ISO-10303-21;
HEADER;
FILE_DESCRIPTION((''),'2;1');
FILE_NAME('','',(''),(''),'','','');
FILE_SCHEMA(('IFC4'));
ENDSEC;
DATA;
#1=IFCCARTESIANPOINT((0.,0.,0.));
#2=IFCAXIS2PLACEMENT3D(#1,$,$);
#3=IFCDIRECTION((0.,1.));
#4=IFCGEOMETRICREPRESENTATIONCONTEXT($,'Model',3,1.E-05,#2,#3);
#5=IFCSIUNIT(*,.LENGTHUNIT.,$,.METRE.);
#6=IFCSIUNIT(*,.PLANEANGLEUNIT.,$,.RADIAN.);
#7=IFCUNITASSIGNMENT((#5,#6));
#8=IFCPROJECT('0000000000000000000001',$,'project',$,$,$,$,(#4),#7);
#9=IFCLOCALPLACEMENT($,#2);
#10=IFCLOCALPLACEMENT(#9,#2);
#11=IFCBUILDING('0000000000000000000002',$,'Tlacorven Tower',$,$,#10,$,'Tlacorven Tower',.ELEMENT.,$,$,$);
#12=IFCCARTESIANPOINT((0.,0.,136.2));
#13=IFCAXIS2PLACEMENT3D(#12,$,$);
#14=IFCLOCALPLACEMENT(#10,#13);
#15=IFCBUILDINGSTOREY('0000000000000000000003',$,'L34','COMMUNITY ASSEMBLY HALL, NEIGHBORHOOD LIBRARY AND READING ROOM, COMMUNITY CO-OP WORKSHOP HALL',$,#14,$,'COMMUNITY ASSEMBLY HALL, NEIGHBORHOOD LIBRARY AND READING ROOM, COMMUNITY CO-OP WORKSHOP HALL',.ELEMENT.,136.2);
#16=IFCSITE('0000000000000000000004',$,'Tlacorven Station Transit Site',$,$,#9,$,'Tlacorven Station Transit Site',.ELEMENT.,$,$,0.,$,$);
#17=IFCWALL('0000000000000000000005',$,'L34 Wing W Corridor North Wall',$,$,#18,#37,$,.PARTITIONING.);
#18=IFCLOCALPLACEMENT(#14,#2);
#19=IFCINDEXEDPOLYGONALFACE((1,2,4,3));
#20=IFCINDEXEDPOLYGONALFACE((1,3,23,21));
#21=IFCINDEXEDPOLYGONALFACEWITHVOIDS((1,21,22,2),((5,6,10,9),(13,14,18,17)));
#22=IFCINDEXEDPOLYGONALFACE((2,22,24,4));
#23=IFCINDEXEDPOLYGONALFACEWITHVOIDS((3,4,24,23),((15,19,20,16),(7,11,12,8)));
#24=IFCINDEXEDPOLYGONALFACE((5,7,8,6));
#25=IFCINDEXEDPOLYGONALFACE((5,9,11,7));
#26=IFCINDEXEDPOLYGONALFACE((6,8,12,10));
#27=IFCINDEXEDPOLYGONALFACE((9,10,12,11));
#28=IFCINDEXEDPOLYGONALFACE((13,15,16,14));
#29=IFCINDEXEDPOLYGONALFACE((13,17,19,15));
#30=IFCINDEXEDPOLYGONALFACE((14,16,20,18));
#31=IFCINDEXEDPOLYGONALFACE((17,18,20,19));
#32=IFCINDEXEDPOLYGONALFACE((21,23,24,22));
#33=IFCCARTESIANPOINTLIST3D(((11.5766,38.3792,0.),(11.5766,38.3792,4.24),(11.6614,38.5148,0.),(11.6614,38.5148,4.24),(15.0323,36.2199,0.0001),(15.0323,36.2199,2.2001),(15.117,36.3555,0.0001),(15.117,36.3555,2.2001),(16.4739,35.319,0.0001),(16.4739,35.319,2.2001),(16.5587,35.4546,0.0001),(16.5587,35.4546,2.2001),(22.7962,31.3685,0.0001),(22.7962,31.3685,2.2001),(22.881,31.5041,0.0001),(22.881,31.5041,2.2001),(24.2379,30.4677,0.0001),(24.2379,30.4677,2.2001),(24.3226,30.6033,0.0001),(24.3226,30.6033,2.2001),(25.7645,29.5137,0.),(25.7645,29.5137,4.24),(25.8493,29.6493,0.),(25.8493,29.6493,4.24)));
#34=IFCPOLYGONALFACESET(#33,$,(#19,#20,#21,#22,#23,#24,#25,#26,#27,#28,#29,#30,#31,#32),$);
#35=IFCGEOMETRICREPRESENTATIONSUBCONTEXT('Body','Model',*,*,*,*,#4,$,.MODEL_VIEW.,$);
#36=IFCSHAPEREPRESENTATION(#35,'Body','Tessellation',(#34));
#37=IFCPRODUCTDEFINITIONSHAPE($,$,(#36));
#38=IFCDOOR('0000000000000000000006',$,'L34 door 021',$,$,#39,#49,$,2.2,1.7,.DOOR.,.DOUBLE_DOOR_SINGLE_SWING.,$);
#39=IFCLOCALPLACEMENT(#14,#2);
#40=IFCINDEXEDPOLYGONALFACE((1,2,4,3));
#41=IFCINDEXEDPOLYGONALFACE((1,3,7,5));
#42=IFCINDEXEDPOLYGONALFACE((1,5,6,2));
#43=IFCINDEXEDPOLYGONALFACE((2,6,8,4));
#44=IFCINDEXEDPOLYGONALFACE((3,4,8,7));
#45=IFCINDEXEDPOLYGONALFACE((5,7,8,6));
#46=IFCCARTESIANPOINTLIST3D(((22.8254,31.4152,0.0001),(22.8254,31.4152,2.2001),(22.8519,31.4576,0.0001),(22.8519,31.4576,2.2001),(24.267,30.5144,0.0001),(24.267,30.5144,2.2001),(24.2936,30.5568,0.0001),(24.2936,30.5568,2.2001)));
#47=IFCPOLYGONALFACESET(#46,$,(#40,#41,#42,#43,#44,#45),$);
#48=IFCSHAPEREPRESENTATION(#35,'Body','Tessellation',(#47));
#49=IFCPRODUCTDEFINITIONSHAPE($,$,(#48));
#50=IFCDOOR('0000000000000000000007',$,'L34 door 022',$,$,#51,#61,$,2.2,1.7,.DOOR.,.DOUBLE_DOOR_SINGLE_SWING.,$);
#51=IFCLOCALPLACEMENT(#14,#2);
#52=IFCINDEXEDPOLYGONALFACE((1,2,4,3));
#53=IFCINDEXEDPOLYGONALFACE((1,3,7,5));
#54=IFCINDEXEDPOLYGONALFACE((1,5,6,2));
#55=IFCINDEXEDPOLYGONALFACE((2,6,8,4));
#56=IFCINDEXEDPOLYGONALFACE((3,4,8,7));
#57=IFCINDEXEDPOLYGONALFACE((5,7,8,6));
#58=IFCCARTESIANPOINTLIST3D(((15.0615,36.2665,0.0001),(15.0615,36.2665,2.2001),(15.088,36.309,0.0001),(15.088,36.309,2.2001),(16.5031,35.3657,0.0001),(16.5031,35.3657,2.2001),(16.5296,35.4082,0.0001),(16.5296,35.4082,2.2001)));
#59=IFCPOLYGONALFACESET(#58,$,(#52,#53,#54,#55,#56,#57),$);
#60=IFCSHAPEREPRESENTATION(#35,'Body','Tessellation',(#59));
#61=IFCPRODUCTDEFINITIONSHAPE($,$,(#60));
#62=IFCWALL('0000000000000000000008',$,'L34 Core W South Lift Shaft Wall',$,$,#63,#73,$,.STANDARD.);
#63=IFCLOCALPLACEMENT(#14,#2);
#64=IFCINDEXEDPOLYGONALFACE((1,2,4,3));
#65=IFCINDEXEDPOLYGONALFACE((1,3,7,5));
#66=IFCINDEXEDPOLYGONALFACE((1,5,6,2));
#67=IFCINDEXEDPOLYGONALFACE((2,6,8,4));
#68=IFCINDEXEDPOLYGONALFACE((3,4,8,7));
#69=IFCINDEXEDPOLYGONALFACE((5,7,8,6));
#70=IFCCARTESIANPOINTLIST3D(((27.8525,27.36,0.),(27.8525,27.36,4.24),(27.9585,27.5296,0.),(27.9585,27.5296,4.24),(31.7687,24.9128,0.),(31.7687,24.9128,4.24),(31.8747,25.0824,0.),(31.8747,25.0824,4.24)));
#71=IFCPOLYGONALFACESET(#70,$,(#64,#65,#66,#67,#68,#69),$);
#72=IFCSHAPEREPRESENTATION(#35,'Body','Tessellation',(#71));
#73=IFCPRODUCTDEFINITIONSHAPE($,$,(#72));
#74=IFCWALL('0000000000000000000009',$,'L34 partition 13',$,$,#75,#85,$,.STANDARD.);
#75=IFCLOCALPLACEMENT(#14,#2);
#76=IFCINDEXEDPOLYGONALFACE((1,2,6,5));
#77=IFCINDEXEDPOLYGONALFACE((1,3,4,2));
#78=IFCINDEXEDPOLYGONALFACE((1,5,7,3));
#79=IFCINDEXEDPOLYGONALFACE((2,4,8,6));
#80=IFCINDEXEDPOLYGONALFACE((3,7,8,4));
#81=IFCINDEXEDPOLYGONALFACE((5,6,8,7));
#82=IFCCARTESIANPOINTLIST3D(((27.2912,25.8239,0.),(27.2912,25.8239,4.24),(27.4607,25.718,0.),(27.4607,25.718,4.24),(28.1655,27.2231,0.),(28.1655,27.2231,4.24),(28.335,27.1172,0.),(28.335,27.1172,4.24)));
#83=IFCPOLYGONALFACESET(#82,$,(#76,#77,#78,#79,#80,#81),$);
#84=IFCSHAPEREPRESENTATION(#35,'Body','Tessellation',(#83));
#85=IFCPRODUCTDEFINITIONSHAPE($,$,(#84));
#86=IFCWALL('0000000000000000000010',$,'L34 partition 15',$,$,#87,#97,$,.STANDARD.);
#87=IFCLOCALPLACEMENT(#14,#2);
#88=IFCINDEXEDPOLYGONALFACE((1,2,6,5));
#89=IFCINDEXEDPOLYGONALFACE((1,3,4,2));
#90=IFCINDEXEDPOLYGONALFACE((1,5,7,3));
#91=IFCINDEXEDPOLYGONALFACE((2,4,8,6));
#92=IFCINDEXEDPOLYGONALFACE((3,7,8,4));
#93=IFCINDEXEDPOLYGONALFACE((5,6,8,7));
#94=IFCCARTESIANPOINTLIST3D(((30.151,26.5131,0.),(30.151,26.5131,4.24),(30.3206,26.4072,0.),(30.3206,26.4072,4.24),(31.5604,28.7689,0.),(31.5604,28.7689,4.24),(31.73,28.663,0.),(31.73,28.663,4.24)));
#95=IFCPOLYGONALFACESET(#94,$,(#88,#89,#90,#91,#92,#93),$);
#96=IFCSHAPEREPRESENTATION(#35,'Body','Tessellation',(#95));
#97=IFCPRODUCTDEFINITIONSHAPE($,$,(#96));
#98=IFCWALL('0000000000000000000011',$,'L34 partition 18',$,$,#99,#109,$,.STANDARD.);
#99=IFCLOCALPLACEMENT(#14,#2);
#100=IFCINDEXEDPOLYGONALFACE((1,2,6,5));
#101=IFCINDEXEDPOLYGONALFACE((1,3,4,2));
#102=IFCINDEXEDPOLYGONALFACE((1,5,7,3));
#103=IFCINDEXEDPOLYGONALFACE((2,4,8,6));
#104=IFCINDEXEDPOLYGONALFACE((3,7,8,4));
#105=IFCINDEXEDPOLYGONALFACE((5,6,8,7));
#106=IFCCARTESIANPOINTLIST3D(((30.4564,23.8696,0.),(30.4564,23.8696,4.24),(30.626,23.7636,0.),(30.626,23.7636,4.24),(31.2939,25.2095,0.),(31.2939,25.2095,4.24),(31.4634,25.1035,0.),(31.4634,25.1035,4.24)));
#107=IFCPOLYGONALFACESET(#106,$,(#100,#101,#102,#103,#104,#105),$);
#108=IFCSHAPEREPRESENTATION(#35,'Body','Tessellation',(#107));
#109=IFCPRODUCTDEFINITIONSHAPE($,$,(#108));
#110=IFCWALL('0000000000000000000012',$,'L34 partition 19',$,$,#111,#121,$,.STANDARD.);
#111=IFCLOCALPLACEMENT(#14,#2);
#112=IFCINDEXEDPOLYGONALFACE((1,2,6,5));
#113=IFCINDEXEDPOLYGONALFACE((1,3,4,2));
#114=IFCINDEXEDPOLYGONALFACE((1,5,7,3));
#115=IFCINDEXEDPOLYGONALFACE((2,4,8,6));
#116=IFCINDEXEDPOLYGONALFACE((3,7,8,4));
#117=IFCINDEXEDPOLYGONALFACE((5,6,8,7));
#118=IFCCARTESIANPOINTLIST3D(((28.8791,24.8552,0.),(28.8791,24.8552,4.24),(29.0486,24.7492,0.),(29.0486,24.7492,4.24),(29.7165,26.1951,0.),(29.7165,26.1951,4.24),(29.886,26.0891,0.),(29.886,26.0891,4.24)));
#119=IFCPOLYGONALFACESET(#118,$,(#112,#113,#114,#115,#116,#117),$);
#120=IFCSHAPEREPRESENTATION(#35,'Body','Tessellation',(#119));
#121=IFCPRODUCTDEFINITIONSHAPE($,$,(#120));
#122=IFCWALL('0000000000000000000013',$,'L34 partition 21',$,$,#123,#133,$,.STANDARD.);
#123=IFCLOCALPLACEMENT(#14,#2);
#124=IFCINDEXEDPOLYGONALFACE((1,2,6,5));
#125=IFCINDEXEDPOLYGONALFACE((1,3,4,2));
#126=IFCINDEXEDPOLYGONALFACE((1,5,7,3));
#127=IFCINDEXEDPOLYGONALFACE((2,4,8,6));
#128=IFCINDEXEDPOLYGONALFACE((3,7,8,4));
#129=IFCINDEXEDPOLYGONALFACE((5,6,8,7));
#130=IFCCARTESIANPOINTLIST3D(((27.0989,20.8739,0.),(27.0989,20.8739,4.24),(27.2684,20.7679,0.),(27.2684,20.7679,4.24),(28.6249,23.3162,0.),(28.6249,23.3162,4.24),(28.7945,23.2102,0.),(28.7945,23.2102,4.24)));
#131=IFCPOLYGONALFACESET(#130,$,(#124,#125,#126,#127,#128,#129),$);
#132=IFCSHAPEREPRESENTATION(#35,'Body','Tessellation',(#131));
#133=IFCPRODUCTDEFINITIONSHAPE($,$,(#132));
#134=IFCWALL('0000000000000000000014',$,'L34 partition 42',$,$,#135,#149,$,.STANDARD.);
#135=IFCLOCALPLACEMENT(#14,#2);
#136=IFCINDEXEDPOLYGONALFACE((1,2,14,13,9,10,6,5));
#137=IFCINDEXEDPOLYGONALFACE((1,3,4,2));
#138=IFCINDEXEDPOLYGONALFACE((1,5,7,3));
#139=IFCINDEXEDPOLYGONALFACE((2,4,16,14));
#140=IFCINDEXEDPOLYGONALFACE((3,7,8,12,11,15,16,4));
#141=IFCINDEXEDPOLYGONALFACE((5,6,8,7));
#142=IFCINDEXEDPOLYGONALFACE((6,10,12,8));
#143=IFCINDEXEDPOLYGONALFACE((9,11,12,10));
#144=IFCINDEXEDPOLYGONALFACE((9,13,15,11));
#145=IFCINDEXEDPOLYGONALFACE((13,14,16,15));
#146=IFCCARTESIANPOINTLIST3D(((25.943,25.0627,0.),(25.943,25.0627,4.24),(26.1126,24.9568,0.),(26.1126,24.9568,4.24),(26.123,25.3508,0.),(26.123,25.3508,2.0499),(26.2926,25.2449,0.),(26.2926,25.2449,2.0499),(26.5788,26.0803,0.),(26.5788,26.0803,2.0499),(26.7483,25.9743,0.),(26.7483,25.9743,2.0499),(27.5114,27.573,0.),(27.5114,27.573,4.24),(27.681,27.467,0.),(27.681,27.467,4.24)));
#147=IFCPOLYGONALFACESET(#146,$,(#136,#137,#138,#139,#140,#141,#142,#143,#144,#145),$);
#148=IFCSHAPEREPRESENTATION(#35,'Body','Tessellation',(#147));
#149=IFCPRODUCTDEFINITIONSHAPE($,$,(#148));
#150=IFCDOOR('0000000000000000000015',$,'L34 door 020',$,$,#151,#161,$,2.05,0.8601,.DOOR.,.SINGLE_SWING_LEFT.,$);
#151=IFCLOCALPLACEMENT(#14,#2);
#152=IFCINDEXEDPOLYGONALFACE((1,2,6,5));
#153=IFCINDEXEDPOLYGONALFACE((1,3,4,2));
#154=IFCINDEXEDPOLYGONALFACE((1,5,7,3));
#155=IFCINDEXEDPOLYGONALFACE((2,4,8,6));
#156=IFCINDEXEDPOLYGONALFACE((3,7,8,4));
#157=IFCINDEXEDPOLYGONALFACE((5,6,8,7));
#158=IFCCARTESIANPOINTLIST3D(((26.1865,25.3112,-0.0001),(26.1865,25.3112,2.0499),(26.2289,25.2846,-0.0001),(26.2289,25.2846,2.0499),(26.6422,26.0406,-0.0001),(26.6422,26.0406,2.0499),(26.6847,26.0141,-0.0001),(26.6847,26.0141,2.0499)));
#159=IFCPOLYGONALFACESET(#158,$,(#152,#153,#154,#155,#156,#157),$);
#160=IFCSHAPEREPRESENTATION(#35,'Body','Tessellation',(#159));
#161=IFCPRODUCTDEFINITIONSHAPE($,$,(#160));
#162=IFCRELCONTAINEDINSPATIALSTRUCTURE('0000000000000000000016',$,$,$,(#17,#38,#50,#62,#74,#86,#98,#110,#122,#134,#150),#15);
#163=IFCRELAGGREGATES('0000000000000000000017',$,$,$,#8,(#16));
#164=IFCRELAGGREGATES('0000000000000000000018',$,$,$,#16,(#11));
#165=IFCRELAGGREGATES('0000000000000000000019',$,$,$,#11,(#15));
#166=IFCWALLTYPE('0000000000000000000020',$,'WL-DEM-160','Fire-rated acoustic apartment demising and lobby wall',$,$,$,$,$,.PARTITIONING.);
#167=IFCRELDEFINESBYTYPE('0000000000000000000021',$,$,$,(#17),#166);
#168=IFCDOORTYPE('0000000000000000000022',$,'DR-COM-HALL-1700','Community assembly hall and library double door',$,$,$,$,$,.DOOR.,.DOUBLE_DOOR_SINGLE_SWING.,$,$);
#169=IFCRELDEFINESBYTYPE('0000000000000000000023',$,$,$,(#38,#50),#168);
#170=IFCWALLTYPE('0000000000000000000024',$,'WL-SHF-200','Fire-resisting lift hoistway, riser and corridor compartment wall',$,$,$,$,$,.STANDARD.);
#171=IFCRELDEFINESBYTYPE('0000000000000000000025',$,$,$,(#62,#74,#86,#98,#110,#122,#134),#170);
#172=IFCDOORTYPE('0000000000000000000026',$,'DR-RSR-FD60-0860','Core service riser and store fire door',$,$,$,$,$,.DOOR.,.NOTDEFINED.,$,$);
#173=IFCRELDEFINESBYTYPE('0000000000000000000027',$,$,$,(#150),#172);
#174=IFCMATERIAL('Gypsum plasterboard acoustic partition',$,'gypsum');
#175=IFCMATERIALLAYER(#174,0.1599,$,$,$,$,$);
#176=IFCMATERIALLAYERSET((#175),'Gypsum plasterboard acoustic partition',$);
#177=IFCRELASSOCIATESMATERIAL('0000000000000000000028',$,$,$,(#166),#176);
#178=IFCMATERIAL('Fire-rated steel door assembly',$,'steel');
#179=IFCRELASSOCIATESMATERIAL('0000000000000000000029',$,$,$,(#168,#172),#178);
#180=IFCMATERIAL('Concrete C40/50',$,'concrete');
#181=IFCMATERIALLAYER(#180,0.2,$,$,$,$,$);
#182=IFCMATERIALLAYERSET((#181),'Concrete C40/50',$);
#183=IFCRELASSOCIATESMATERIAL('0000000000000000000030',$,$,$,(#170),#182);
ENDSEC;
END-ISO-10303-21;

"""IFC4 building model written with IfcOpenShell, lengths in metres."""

from ifc_helpers import new_model, si_unit, direction, frame, frame_2d, origin, place, context, subcontext, project, spatial, rectangle, extrude, source, transform, mapped, material, layer, layer_set, type_object, element, fill, save


model = new_model("IFC4")

# Units and contexts
model_context = context("Model", 3, precision=1e-05, world=origin(), true_north=direction((0.0, 1.0)))
body_context = subcontext(model_context, "Body", "Model", "MODEL_VIEW")
ifc_project = project(units=[si_unit("LENGTHUNIT", "METRE"), si_unit("PLANEANGLEUNIT", "RADIAN")], contexts=[model_context])

# Site, building, storey
site_placement = place(None, origin())
site = spatial("IfcSite", under=ifc_project, at=site_placement, Name="Tlacorven Station Transit Site", LongName="Tlacorven Station Transit Site", CompositionType="ELEMENT", RefElevation=0.0)
building_placement = place(site_placement, origin())
building = spatial("IfcBuilding", under=site, at=building_placement, Name="Tlacorven Tower", LongName="Tlacorven Tower", CompositionType="ELEMENT")
storey_placement = place(building_placement, frame((0.0, 0.0, 136.2)))
storey = spatial("IfcBuildingStorey", under=building, at=storey_placement, Name="L34", Description="COMMUNITY ASSEMBLY HALL, NEIGHBORHOOD LIBRARY AND READING ROOM, COMMUNITY CO-OP WORKSHOP HALL", LongName="COMMUNITY ASSEMBLY HALL, NEIGHBORHOOD LIBRARY AND READING ROOM, COMMUNITY CO-OP WORKSHOP HALL", CompositionType="ELEMENT", Elevation=136.2)

# Shared definitions
ifc_material_1 = material(Name="Gypsum plasterboard acoustic partition", Category="gypsum")
ifc_layer_1 = layer(ifc_material_1, 0.1599)
ifc_layer_set_1 = layer_set([ifc_layer_1], Name="Gypsum plasterboard acoustic partition")
wall_type_1 = type_object("IfcWallType", Name="WL-DEM-160", Description="Fire-rated acoustic apartment demising and lobby wall", PredefinedType="PARTITIONING", material=ifc_layer_set_1)

# Wall, openings, doors
wall_1_placement = place(storey_placement, frame((25.8069, 29.5815, 0.0), z_axis=(0.0, 0.0, 1.0), x_axis=(-0.848052, 0.529912, 0.0)))
wall_1 = element("IfcWall", 1, at=wall_1_placement, inside=storey, type_object=wall_type_1, Name="L34 Wing W Corridor North Wall", PredefinedType="PARTITIONING", context=body_context, shape_type="SweptSolid", body=[
    extrude(rectangle(XDim=16.73, YDim=0.1599, at=frame_2d((8.365, 0.0))), origin(), (0.0, 0.0, 1.0), 4.24),
])
opening_1_placement = place(wall_1_placement, frame((1.8, 0.0, 0.0)))
opening_1 = element("IfcOpeningElement", 2, at=opening_1_placement, cuts=wall_1, PredefinedType="OPENING", context=body_context, shape_type="SweptSolid", body=[
    extrude(rectangle(XDim=1.7, YDim=2.2, at=frame_2d((0.8501, 1.1001))), frame((0.0, 0.0898, 0.0), z_axis=(0.0, -1.0, 0.0), x_axis=(1.0, 0.0, 0.0)), (0.0, 0.0, 1.0), 0.1799),
])
opening_2_placement = place(wall_1_placement, frame((10.9551, 0.0, 0.0)))
opening_2 = element("IfcOpeningElement", 3, at=opening_2_placement, cuts=wall_1, PredefinedType="OPENING", context=body_context, shape_type="SweptSolid", body=[
    extrude(rectangle(XDim=1.7, YDim=2.2, at=frame_2d((0.8501, 1.1001))), frame((0.0, 0.0898, 0.0), z_axis=(0.0, -1.0, 0.0), x_axis=(1.0, 0.0, 0.0)), (0.0, 0.0, 1.0), 0.1799),
])
ifc_material_2 = material(Name="Fire-rated steel door assembly", Category="steel")
door_type_1 = type_object("IfcDoorType", Name="DR-COM-HALL-1700", Description="Community assembly hall and library double door", OperationType="DOUBLE_DOOR_SINGLE_SWING", PredefinedType="DOOR", material=ifc_material_2)
shared_shape_1 = source(origin(), body_context, "Body", "SweptSolid", [
    extrude(rectangle(XDim=1.7, YDim=2.2, at=frame_2d((0.8501, 1.1001))), frame((0.0, 0.0249, 0.0), z_axis=(0.0, -1.0, 0.0), x_axis=(1.0, 0.0, 0.0)), (0.0, 0.0, 1.0), 0.05),
])
door_1_placement = place(opening_1_placement, origin())
door_1 = element("IfcDoor", 4, at=door_1_placement, inside=storey, type_object=door_type_1, Name="L34 door 021", OperationType="DOUBLE_DOOR_SINGLE_SWING", OverallHeight=2.2, OverallWidth=1.7, PredefinedType="DOOR", context=body_context, shape_type="MappedRepresentation", body=[
    mapped(shared_shape_1, transform((0.0, 0.0, 0.0), scale=1.0)),
])
fill(opening_1, door_1)
door_2_placement = place(opening_2_placement, origin())
door_2 = element("IfcDoor", 5, at=door_2_placement, inside=storey, type_object=door_type_1, Name="L34 door 022", OperationType="DOUBLE_DOOR_SINGLE_SWING", OverallHeight=2.2, OverallWidth=1.7, PredefinedType="DOOR", context=body_context, shape_type="MappedRepresentation", body=[
    mapped(shared_shape_1, transform((0.0, 0.0, 0.0), scale=1.0)),
])
fill(opening_2, door_2)

# Wall
ifc_material_3 = material(Name="Concrete C40/50", Category="concrete")
ifc_layer_2 = layer(ifc_material_3, 0.2)
ifc_layer_set_2 = layer_set([ifc_layer_2], Name="Concrete C40/50")
wall_type_2 = type_object("IfcWallType", Name="WL-SHF-200", Description="Fire-resisting lift hoistway, riser and corridor compartment wall", PredefinedType="STANDARD", material=ifc_layer_set_2)
wall_2_placement = place(storey_placement, frame((31.8218, 24.9976, 0.0), z_axis=(0.0, 0.0, 1.0), x_axis=(-0.848037, 0.529937, 0.0)))
element("IfcWall", 6, at=wall_2_placement, inside=storey, type_object=wall_type_2, Name="L34 Core W South Lift Shaft Wall", PredefinedType="STANDARD", context=body_context, shape_type="SweptSolid", body=[
    extrude(rectangle(XDim=4.6179, YDim=0.2, at=frame_2d((2.3091, 0.0))), origin(), (0.0, 0.0, 1.0), 4.24),
])

# Walls
wall_3_placement = place(storey_placement, frame((28.2502, 27.1702, 0.0), z_axis=(0.0, 0.0, 1.0), x_axis=(-0.529906, -0.848056, 0.0)))
element("IfcWall", 7, at=wall_3_placement, inside=storey, type_object=wall_type_2, Name="L34 partition 13", PredefinedType="STANDARD", context=body_context, shape_type="SweptSolid", body=[
    extrude(rectangle(XDim=1.6499, YDim=0.2, at=frame_2d((0.825, 0.0))), origin(), (0.0, 0.0, 1.0), 4.24),
])
wall_4_placement = place(storey_placement, frame((31.6453, 28.7161, 0.0), z_axis=(0.0, 0.0, 1.0), x_axis=(-0.529867, -0.848081, 0.0)))
element("IfcWall", 8, at=wall_4_placement, inside=storey, type_object=wall_type_2, Name="L34 partition 15", PredefinedType="STANDARD", context=body_context, shape_type="SweptSolid", body=[
    extrude(rectangle(XDim=2.6599, YDim=0.2, at=frame_2d((1.3301, 0.0))), origin(), (0.0, 0.0, 1.0), 4.24),
])
for number, where, z_axis, x_axis, name in (
    (9, (31.3787, 25.1565, 0.0), (0.0, 0.0, 1.0), (-0.529999, -0.847998, 0.0), "L34 partition 18"),
    (10, (29.8013, 26.1421, 0.0), (0.0, 0.0, 1.0), (-0.529999, -0.847998, 0.0), "L34 partition 19"),
):
    element("IfcWall", number, at=place(storey_placement, frame(where, z_axis=z_axis, x_axis=x_axis)), inside=storey, type_object=wall_type_2, Name=name, PredefinedType="STANDARD", context=body_context, shape_type="SweptSolid", body=[
        extrude(rectangle(XDim=1.5801, YDim=0.2, at=frame_2d((0.79, 0.0))), origin(), (0.0, 0.0, 1.0), 4.24),
    ])
wall_5_placement = place(storey_placement, frame((28.7097, 23.2632, 0.0), z_axis=(0.0, 0.0, 1.0), x_axis=(-0.529907, -0.848055, 0.0)))
element("IfcWall", 11, at=wall_5_placement, inside=storey, type_object=wall_type_2, Name="L34 partition 21", PredefinedType="STANDARD", context=body_context, shape_type="SweptSolid", body=[
    extrude(rectangle(XDim=2.8799, YDim=0.2, at=frame_2d((1.4399, 0.0))), origin(), (0.0, 0.0, 1.0), 4.24),
])

# Wall, opening, door
wall_6_placement = place(storey_placement, frame((27.5962, 27.52, 0.0), z_axis=(0.0, 0.0, 1.0), x_axis=(-0.529865, -0.848082, 0.0)))
wall_6 = element("IfcWall", 12, at=wall_6_placement, inside=storey, type_object=wall_type_2, Name="L34 partition 42", PredefinedType="STANDARD", context=body_context, shape_type="SweptSolid", body=[
    extrude(rectangle(XDim=2.96, YDim=0.2, at=frame_2d((1.48, 0.0))), origin(), (0.0, 0.0, 1.0), 4.24),
])
opening_3_placement = place(wall_6_placement, frame((1.76, 0.0, 0.0)))
opening_3 = element("IfcOpeningElement", 13, at=opening_3_placement, cuts=wall_6, PredefinedType="OPENING", context=body_context, shape_type="SweptSolid", body=[
    extrude(rectangle(XDim=0.8601, YDim=2.05, at=frame_2d((0.4302, 1.0249))), frame((0.0, 0.1099, 0.0), z_axis=(0.0, -1.0, 0.0), x_axis=(1.0, 0.0, 0.0)), (0.0, 0.0, 1.0), 0.22),
])
door_type_2 = type_object("IfcDoorType", Name="DR-RSR-FD60-0860", Description="Core service riser and store fire door", OperationType="NOTDEFINED", PredefinedType="DOOR", material=ifc_material_2)
shared_shape_2 = source(origin(), body_context, "Body", "SweptSolid", [
    extrude(rectangle(XDim=0.8601, YDim=2.05, at=frame_2d((0.4302, 1.0249))), frame((0.0, 0.0249, 0.0), z_axis=(0.0, -1.0, 0.0), x_axis=(1.0, 0.0, 0.0)), (0.0, 0.0, 1.0), 0.05),
])
door_3_placement = place(opening_3_placement, origin())
door_3 = element("IfcDoor", 14, at=door_3_placement, inside=storey, type_object=door_type_2, Name="L34 door 020", OperationType="SINGLE_SWING_LEFT", OverallHeight=2.05, OverallWidth=0.8601, PredefinedType="DOOR", context=body_context, shape_type="MappedRepresentation", body=[
    mapped(shared_shape_2, transform((0.0, 0.0, 0.0), scale=1.0)),
])
fill(opening_3, door_3)

save(model, "model.ifc")
